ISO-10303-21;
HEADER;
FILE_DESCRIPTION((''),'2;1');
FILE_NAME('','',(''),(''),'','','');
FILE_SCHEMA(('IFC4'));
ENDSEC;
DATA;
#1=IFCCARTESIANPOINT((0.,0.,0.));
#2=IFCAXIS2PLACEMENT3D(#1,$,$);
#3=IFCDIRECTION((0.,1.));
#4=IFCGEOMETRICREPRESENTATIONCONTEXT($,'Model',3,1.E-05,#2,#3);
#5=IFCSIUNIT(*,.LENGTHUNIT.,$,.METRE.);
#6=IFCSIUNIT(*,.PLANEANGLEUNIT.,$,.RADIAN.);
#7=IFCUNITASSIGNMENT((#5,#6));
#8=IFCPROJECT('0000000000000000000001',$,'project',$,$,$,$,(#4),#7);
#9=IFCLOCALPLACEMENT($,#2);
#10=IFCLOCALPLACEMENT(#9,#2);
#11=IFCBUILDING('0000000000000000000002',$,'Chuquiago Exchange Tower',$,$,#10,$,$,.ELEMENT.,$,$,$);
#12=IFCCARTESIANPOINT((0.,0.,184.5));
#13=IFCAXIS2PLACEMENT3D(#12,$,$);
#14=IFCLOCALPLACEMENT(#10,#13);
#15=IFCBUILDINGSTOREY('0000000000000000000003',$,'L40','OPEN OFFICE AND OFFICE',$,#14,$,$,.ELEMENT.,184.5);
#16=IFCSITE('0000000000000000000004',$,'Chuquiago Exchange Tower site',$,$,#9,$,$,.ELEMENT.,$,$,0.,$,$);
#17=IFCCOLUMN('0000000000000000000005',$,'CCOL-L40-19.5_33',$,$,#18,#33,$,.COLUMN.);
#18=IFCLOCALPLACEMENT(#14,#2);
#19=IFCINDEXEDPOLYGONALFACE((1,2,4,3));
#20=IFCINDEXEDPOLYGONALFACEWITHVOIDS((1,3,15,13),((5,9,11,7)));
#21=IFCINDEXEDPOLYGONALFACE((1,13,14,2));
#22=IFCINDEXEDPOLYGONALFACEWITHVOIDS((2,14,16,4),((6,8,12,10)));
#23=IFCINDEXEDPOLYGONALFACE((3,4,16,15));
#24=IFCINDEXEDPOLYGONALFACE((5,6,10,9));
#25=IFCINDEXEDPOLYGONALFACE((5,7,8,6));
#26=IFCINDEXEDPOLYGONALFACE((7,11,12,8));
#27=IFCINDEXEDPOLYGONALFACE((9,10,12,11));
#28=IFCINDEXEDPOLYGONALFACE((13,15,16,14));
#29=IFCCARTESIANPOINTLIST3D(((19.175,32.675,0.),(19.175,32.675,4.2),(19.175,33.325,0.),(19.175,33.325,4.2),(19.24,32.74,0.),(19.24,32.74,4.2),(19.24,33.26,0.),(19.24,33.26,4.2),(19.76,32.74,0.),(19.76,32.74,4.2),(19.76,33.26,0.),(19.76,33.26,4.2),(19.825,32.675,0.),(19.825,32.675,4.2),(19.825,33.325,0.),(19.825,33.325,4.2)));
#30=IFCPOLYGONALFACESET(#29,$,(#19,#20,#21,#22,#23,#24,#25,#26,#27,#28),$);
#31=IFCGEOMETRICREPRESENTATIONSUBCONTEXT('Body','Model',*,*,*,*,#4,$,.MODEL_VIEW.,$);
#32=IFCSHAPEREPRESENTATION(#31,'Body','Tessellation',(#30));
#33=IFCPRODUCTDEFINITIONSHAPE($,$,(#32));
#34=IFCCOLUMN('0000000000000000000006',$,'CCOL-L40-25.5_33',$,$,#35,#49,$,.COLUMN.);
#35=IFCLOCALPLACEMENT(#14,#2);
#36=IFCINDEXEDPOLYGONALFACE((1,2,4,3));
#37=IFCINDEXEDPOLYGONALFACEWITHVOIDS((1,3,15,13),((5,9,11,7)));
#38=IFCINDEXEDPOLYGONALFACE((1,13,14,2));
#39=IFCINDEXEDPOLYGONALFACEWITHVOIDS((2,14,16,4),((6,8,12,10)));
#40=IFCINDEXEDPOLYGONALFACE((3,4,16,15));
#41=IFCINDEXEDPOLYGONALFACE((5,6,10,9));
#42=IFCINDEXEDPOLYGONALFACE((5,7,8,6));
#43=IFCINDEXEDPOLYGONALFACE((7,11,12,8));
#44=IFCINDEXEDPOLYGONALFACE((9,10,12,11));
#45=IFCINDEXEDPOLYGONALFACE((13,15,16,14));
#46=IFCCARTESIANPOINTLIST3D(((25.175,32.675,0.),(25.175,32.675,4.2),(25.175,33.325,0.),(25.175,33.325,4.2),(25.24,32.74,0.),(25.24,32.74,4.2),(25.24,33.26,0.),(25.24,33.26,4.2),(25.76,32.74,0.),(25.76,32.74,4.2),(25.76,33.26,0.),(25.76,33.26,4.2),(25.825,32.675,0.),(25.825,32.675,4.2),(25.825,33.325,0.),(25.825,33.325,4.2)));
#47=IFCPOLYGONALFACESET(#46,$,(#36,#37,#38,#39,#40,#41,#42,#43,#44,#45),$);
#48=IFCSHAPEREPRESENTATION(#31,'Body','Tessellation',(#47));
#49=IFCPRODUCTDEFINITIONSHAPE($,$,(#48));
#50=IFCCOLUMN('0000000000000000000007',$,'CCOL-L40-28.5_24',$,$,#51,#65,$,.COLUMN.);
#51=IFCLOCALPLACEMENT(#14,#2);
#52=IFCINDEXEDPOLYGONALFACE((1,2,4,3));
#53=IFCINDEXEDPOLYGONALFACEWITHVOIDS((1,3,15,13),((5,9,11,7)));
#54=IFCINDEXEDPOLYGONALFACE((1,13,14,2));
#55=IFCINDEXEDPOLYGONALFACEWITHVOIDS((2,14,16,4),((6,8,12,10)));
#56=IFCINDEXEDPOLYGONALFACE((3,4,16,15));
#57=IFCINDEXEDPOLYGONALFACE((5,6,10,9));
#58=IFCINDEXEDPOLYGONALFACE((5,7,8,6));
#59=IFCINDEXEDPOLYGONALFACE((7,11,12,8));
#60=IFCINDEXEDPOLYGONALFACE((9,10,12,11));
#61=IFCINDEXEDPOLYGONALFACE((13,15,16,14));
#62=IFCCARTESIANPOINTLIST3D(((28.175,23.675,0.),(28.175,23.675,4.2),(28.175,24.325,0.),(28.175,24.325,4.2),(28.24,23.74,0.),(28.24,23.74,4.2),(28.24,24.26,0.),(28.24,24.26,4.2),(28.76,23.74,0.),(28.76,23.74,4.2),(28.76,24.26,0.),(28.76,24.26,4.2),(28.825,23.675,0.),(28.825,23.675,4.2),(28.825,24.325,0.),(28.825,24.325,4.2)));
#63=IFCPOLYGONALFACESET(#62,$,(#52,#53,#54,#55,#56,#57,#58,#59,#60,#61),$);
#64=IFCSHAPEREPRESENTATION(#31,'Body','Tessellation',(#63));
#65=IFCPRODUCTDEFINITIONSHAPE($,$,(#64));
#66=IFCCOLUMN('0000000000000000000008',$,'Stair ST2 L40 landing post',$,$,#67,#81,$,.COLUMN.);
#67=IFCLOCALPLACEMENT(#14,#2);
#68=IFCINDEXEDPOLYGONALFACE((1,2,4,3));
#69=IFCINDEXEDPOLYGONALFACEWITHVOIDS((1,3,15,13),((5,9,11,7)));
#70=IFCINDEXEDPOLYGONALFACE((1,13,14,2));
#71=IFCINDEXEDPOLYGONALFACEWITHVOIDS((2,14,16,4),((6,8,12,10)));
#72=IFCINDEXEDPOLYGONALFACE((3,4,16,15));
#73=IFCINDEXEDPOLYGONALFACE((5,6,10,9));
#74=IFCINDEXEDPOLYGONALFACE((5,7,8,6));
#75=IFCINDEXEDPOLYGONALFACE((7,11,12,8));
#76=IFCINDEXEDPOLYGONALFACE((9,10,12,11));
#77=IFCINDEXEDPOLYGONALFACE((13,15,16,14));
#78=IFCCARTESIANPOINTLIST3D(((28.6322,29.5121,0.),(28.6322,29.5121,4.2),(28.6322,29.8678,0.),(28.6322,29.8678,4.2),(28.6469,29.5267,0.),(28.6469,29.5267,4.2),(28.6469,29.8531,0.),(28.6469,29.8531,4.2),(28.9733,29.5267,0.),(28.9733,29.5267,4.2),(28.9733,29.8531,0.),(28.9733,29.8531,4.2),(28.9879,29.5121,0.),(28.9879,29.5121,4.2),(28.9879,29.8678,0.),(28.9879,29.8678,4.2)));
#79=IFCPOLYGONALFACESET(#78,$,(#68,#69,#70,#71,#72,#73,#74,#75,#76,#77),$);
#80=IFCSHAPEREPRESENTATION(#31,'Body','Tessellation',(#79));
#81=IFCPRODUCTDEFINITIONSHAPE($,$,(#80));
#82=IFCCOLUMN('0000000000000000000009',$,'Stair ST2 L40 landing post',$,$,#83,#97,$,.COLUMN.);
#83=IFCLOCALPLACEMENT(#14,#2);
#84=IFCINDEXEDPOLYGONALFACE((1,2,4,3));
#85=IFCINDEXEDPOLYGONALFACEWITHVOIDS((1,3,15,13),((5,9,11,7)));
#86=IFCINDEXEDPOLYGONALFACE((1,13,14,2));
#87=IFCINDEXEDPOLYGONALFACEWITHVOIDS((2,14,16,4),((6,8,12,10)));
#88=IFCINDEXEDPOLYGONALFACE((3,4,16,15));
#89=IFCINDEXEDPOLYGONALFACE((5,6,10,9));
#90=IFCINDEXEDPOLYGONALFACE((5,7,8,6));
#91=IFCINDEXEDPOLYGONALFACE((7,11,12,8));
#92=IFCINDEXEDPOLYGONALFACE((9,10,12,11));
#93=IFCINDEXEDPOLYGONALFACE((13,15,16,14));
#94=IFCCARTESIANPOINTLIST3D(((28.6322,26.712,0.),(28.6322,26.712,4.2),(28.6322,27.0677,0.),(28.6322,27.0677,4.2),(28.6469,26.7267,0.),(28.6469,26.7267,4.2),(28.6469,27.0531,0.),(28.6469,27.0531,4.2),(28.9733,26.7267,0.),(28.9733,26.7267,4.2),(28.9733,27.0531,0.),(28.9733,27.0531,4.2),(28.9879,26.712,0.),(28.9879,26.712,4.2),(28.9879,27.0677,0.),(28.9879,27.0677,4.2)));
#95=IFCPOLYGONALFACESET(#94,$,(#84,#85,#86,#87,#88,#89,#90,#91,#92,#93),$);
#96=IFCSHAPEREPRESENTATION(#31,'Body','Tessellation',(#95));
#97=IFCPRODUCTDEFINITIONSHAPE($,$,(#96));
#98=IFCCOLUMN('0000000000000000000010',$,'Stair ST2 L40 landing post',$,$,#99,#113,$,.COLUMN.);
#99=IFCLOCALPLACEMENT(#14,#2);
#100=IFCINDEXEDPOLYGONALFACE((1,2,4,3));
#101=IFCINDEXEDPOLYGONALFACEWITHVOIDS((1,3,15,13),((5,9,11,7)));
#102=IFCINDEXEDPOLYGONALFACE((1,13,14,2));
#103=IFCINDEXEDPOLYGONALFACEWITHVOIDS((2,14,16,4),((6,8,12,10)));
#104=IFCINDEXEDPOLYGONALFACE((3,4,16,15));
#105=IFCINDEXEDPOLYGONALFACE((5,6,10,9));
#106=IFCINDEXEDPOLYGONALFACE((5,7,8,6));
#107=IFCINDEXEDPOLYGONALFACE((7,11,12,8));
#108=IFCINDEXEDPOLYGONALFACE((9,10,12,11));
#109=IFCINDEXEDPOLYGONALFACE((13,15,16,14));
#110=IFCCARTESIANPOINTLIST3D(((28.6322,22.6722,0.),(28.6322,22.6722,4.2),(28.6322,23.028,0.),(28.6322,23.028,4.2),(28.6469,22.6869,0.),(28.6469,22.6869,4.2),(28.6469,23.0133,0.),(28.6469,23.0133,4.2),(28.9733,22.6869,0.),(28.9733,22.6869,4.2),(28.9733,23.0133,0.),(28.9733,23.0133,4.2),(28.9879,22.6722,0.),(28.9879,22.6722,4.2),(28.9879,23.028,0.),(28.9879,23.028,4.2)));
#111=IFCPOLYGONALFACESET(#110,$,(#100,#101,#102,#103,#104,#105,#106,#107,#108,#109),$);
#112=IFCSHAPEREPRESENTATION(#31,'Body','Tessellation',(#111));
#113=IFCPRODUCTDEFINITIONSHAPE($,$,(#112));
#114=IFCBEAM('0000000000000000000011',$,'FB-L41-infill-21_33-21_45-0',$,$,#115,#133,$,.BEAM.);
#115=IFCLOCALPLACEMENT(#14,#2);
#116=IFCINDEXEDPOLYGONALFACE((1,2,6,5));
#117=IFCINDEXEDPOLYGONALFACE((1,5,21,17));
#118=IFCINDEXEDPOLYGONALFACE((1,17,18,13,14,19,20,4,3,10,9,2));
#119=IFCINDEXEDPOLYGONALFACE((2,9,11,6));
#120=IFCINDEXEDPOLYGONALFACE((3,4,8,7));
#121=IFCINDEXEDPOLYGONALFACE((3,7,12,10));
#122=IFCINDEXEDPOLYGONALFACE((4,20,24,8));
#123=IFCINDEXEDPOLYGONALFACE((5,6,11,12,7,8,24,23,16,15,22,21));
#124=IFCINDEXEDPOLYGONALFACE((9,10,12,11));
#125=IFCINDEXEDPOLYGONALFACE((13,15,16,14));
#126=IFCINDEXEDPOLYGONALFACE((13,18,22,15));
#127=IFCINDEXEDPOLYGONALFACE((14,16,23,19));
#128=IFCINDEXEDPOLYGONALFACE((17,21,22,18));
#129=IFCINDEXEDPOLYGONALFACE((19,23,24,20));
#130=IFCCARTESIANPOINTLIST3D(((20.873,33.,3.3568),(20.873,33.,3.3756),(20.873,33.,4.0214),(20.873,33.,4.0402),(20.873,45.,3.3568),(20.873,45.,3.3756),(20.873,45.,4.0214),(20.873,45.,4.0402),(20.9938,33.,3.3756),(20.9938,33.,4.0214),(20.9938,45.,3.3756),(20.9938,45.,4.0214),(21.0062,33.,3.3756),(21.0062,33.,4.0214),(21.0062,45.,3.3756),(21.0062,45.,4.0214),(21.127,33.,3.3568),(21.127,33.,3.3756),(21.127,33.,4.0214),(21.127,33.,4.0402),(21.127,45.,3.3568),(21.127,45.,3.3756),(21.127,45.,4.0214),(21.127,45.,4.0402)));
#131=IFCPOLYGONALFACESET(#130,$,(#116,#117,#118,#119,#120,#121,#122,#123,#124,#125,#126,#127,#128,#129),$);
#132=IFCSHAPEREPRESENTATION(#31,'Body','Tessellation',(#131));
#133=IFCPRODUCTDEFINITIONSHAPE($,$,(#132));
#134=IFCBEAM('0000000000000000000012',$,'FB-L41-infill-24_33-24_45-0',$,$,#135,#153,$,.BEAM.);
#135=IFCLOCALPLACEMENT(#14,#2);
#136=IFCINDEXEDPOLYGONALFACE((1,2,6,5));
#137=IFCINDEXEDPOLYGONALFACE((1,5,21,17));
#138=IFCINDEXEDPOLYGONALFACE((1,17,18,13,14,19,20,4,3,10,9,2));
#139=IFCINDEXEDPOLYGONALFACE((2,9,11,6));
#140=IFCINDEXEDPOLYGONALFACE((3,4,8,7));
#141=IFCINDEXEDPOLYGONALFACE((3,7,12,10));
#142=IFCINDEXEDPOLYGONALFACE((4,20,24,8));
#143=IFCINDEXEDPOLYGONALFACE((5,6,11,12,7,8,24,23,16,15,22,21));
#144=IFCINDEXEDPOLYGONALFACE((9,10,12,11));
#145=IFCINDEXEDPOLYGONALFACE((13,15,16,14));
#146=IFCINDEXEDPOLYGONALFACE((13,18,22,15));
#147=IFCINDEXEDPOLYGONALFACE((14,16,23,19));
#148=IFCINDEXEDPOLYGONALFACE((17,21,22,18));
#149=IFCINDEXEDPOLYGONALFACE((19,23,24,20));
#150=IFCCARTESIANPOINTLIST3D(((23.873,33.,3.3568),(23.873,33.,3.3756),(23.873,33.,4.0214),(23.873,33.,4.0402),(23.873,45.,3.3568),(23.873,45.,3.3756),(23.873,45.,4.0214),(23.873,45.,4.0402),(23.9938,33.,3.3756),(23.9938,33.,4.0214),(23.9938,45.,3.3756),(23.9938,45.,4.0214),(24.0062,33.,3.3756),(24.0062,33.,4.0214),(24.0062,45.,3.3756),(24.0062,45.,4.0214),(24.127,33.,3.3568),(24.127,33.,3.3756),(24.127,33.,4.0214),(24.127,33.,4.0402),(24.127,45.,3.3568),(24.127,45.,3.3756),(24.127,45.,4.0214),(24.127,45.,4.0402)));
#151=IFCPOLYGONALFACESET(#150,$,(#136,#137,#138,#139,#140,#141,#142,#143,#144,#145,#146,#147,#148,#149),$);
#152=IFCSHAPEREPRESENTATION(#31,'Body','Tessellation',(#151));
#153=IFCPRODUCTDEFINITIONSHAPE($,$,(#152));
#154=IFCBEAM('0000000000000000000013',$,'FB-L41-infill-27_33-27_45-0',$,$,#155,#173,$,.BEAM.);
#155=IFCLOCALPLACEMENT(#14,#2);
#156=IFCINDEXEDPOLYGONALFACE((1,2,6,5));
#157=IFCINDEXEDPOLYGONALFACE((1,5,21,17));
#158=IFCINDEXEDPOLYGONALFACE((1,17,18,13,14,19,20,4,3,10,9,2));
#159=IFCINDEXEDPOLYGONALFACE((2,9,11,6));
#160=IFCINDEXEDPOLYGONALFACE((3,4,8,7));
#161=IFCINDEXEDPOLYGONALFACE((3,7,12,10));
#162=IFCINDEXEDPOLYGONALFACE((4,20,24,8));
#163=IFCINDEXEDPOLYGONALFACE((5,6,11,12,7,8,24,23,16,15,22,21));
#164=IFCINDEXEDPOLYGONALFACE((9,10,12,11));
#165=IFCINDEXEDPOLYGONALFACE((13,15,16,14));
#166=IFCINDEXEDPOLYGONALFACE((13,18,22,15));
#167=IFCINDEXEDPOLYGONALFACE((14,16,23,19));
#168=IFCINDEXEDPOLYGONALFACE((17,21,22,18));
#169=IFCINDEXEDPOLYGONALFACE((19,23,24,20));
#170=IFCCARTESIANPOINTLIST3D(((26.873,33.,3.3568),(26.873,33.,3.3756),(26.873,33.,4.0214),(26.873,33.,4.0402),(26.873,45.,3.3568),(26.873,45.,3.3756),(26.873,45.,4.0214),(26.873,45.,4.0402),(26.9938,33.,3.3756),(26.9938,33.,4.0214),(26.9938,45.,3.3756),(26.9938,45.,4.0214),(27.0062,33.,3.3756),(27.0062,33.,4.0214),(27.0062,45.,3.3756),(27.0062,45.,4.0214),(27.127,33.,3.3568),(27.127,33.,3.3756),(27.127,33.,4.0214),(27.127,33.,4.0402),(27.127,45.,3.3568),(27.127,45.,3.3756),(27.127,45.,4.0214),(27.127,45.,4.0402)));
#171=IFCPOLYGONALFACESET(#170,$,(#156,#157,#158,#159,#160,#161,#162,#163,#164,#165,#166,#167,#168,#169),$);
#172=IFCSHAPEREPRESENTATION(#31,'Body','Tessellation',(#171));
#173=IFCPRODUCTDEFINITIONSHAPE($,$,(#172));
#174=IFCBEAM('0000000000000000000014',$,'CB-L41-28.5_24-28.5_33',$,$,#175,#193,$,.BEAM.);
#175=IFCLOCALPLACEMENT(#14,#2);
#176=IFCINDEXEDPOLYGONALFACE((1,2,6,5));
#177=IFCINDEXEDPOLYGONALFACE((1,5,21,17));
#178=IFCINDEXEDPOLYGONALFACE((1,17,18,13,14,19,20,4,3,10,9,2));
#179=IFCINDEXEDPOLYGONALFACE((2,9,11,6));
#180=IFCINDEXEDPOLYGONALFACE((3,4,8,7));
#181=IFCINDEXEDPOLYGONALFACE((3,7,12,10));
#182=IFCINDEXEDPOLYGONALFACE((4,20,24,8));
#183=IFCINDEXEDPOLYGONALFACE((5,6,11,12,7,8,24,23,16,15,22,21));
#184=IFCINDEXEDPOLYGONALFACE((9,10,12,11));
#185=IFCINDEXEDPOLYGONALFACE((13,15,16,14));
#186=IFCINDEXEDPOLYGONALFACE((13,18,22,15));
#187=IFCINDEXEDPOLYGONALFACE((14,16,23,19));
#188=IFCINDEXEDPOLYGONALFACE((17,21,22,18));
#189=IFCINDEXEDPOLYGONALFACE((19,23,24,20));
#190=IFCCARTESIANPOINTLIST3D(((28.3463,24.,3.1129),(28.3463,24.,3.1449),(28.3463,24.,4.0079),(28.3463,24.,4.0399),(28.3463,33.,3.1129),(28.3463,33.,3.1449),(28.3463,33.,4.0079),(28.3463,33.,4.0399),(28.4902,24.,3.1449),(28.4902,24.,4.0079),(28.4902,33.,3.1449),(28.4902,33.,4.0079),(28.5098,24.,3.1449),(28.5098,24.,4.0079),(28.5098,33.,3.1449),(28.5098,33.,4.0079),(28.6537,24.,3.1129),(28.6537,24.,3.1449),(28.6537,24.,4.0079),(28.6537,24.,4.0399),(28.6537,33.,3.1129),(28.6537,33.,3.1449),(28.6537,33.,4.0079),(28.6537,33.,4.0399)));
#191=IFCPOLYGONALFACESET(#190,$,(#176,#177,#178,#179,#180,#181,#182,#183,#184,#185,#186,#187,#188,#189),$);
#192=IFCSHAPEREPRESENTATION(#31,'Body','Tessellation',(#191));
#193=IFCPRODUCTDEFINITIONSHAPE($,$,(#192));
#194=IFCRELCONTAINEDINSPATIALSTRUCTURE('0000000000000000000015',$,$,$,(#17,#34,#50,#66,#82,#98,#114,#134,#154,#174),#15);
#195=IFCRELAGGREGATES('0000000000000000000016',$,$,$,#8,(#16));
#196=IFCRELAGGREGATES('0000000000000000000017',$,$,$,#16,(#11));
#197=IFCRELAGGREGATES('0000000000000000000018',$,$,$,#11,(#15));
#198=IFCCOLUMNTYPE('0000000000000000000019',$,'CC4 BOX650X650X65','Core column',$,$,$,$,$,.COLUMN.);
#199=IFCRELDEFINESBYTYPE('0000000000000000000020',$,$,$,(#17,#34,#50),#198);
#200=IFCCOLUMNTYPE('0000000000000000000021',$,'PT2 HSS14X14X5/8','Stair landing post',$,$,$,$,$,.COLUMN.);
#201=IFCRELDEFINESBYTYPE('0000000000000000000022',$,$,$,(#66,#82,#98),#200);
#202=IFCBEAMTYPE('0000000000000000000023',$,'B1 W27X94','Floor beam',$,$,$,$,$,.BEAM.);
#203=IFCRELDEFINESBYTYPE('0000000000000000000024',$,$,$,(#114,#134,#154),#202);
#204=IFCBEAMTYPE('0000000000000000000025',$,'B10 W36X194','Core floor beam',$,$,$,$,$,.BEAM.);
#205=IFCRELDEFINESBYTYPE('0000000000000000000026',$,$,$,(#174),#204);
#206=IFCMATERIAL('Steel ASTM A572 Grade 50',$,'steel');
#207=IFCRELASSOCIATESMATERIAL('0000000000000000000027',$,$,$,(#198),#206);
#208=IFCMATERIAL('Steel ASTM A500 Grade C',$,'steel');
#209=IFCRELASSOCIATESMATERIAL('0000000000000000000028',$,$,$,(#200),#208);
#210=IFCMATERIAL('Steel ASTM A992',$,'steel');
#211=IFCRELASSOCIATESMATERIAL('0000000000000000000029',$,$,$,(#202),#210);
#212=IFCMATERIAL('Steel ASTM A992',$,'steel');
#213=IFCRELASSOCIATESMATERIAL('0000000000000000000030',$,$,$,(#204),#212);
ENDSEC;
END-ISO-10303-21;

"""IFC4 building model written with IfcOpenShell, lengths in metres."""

from ifc_helpers import new_model, si_unit, direction, frame, origin, origin_2d, place, context, subcontext, project, spatial, hollow_rectangle, i_section, extrude, material, material_profile, profile_set, type_object, element, save


model = new_model("IFC4")

# Units and contexts
model_context = context("Model", 3, precision=1e-05, world=origin(), true_north=direction((0.0, 1.0)))
body_context = subcontext(model_context, "Body", "Model", "MODEL_VIEW")
ifc_project = project(units=[si_unit("LENGTHUNIT", "METRE"), si_unit("PLANEANGLEUNIT", "RADIAN")], contexts=[model_context])

# Site, building, storey
site_placement = place(None, origin())
site = spatial("IfcSite", under=ifc_project, at=site_placement, Name="Chuquiago Exchange Tower site", CompositionType="ELEMENT", RefElevation=0.0)
building_placement = place(site_placement, origin())
building = spatial("IfcBuilding", under=site, at=building_placement, Name="Chuquiago Exchange Tower", CompositionType="ELEMENT")
storey_placement = place(building_placement, frame((0.0, 0.0, 184.5)))
storey = spatial("IfcBuildingStorey", under=building, at=storey_placement, Name="L40", Description="OPEN OFFICE AND OFFICE", CompositionType="ELEMENT", Elevation=184.5)

# Columns
ifc_material_1 = material(Name="Steel ASTM A572 Grade 50", Category="steel")
ifc_material_profile_1 = material_profile(ifc_material_1, hollow_rectangle(XDim=0.6499, YDim=0.6499, WallThickness=0.0649, at=origin_2d()), Name="BOX650X650X65")
ifc_profile_set_1 = profile_set([ifc_material_profile_1], Name="Steel ASTM A572 Grade 50")
column_type_1 = type_object("IfcColumnType", Name="CC4 BOX650X650X65", Description="Core column", PredefinedType="COLUMN", material=ifc_profile_set_1)
for number, where, z_axis, x_axis, name in (
    (1, (19.5, 33.0, 0.0), (0.0, 0.0, 1.0), (1.0, 0.0, 0.0), "CCOL-L40-19.5_33"),
    (2, (25.5, 33.0, 0.0), (0.0, 0.0, 1.0), (1.0, 0.0, 0.0), "CCOL-L40-25.5_33"),
    (3, (28.5, 24.0, 0.0), (0.0, 0.0, 1.0), (1.0, 0.0, 0.0), "CCOL-L40-28.5_24"),
):
    element("IfcColumn", number, at=place(storey_placement, frame(where, z_axis=z_axis, x_axis=x_axis)), inside=storey, type_object=column_type_1, Name=name, PredefinedType="COLUMN", context=body_context, shape_type="SweptSolid", body=[
        extrude(hollow_rectangle(XDim=0.6499, YDim=0.6499, WallThickness=0.0649, at=origin_2d()), origin(), (0.0, 0.0, 1.0), 4.2),
    ])
ifc_material_2 = material(Name="Steel ASTM A500 Grade C", Category="steel")
ifc_material_profile_2 = material_profile(ifc_material_2, hollow_rectangle(XDim=0.3557, YDim=0.3557, WallThickness=0.0146, at=origin_2d()), Name="HSS14X14X5/8")
ifc_profile_set_2 = profile_set([ifc_material_profile_2], Name="Steel ASTM A500 Grade C")
column_type_2 = type_object("IfcColumnType", Name="PT2 HSS14X14X5/8", Description="Stair landing post", PredefinedType="COLUMN", material=ifc_profile_set_2)
for number, where, z_axis, x_axis, name in (
    (4, (28.8101, 29.6899, 0.0), (0.0, 0.0, 1.0), (1.0, 0.0, 0.0), "Stair ST2 L40 landing post"),
    (5, (28.8101, 26.8899, 0.0), (0.0, 0.0, 1.0), (1.0, 0.0, 0.0), "Stair ST2 L40 landing post"),
    (6, (28.8101, 22.8501, 0.0), (0.0, 0.0, 1.0), (1.0, 0.0, 0.0), "Stair ST2 L40 landing post"),
):
    element("IfcColumn", number, at=place(storey_placement, frame(where, z_axis=z_axis, x_axis=x_axis)), inside=storey, type_object=column_type_2, Name=name, PredefinedType="COLUMN", context=body_context, shape_type="SweptSolid", body=[
        extrude(hollow_rectangle(XDim=0.3557, YDim=0.3557, WallThickness=0.0146, at=origin_2d()), origin(), (0.0, 0.0, 1.0), 4.2),
    ])

# Beams
ifc_material_3 = material(Name="Steel ASTM A992", Category="steel")
ifc_material_profile_3 = material_profile(ifc_material_3, i_section(OverallWidth=0.2539, OverallDepth=0.6833, WebThickness=0.0125, FlangeThickness=0.0188, at=origin_2d()), Name="W27X94")
ifc_profile_set_3 = profile_set([ifc_material_profile_3], Name="Steel ASTM A992")
beam_type_1 = type_object("IfcBeamType", Name="B1 W27X94", Description="Floor beam", PredefinedType="BEAM", material=ifc_profile_set_3)
for number, where, z_axis, x_axis, name in (
    (7, (21.0, 33.0, 3.6985), (0.0, 1.0, 0.0), (-1.0, 0.0, 0.0), "FB-L41-infill-21_33-21_45-0"),
    (8, (24.0, 33.0, 3.6985), (0.0, 1.0, 0.0), (-1.0, 0.0, 0.0), "FB-L41-infill-24_33-24_45-0"),
    (9, (27.0, 33.0, 3.6985), (0.0, 1.0, 0.0), (-1.0, 0.0, 0.0), "FB-L41-infill-27_33-27_45-0"),
):
    element("IfcBeam", number, at=place(storey_placement, frame(where, z_axis=z_axis, x_axis=x_axis)), inside=storey, type_object=beam_type_1, Name=name, PredefinedType="BEAM", context=body_context, shape_type="SweptSolid", body=[
        extrude(i_section(OverallWidth=0.2539, OverallDepth=0.6833, WebThickness=0.0125, FlangeThickness=0.0188, at=origin_2d()), origin(), (0.0, 0.0, 1.0), 12.0),
    ])
ifc_material_4 = material(Name="Steel ASTM A992", Category="steel")
ifc_material_profile_4 = material_profile(ifc_material_4, i_section(OverallWidth=0.3074, OverallDepth=0.927, WebThickness=0.0195, FlangeThickness=0.032, at=origin_2d()), Name="W36X194")
ifc_profile_set_4 = profile_set([ifc_material_profile_4], Name="Steel ASTM A992")
beam_type_2 = type_object("IfcBeamType", Name="B10 W36X194", Description="Core floor beam", PredefinedType="BEAM", material=ifc_profile_set_4)
beam_1_placement = place(storey_placement, frame((28.5, 24.0, 3.5764), z_axis=(0.0, 1.0, 0.0), x_axis=(-1.0, 0.0, 0.0)))
element("IfcBeam", 10, at=beam_1_placement, inside=storey, type_object=beam_type_2, Name="CB-L41-28.5_24-28.5_33", PredefinedType="BEAM", context=body_context, shape_type="SweptSolid", body=[
    extrude(i_section(OverallWidth=0.3074, OverallDepth=0.927, WebThickness=0.0195, FlangeThickness=0.032, at=origin_2d()), origin(), (0.0, 0.0, 1.0), 9.0),
])

save(model, "model.ifc")
